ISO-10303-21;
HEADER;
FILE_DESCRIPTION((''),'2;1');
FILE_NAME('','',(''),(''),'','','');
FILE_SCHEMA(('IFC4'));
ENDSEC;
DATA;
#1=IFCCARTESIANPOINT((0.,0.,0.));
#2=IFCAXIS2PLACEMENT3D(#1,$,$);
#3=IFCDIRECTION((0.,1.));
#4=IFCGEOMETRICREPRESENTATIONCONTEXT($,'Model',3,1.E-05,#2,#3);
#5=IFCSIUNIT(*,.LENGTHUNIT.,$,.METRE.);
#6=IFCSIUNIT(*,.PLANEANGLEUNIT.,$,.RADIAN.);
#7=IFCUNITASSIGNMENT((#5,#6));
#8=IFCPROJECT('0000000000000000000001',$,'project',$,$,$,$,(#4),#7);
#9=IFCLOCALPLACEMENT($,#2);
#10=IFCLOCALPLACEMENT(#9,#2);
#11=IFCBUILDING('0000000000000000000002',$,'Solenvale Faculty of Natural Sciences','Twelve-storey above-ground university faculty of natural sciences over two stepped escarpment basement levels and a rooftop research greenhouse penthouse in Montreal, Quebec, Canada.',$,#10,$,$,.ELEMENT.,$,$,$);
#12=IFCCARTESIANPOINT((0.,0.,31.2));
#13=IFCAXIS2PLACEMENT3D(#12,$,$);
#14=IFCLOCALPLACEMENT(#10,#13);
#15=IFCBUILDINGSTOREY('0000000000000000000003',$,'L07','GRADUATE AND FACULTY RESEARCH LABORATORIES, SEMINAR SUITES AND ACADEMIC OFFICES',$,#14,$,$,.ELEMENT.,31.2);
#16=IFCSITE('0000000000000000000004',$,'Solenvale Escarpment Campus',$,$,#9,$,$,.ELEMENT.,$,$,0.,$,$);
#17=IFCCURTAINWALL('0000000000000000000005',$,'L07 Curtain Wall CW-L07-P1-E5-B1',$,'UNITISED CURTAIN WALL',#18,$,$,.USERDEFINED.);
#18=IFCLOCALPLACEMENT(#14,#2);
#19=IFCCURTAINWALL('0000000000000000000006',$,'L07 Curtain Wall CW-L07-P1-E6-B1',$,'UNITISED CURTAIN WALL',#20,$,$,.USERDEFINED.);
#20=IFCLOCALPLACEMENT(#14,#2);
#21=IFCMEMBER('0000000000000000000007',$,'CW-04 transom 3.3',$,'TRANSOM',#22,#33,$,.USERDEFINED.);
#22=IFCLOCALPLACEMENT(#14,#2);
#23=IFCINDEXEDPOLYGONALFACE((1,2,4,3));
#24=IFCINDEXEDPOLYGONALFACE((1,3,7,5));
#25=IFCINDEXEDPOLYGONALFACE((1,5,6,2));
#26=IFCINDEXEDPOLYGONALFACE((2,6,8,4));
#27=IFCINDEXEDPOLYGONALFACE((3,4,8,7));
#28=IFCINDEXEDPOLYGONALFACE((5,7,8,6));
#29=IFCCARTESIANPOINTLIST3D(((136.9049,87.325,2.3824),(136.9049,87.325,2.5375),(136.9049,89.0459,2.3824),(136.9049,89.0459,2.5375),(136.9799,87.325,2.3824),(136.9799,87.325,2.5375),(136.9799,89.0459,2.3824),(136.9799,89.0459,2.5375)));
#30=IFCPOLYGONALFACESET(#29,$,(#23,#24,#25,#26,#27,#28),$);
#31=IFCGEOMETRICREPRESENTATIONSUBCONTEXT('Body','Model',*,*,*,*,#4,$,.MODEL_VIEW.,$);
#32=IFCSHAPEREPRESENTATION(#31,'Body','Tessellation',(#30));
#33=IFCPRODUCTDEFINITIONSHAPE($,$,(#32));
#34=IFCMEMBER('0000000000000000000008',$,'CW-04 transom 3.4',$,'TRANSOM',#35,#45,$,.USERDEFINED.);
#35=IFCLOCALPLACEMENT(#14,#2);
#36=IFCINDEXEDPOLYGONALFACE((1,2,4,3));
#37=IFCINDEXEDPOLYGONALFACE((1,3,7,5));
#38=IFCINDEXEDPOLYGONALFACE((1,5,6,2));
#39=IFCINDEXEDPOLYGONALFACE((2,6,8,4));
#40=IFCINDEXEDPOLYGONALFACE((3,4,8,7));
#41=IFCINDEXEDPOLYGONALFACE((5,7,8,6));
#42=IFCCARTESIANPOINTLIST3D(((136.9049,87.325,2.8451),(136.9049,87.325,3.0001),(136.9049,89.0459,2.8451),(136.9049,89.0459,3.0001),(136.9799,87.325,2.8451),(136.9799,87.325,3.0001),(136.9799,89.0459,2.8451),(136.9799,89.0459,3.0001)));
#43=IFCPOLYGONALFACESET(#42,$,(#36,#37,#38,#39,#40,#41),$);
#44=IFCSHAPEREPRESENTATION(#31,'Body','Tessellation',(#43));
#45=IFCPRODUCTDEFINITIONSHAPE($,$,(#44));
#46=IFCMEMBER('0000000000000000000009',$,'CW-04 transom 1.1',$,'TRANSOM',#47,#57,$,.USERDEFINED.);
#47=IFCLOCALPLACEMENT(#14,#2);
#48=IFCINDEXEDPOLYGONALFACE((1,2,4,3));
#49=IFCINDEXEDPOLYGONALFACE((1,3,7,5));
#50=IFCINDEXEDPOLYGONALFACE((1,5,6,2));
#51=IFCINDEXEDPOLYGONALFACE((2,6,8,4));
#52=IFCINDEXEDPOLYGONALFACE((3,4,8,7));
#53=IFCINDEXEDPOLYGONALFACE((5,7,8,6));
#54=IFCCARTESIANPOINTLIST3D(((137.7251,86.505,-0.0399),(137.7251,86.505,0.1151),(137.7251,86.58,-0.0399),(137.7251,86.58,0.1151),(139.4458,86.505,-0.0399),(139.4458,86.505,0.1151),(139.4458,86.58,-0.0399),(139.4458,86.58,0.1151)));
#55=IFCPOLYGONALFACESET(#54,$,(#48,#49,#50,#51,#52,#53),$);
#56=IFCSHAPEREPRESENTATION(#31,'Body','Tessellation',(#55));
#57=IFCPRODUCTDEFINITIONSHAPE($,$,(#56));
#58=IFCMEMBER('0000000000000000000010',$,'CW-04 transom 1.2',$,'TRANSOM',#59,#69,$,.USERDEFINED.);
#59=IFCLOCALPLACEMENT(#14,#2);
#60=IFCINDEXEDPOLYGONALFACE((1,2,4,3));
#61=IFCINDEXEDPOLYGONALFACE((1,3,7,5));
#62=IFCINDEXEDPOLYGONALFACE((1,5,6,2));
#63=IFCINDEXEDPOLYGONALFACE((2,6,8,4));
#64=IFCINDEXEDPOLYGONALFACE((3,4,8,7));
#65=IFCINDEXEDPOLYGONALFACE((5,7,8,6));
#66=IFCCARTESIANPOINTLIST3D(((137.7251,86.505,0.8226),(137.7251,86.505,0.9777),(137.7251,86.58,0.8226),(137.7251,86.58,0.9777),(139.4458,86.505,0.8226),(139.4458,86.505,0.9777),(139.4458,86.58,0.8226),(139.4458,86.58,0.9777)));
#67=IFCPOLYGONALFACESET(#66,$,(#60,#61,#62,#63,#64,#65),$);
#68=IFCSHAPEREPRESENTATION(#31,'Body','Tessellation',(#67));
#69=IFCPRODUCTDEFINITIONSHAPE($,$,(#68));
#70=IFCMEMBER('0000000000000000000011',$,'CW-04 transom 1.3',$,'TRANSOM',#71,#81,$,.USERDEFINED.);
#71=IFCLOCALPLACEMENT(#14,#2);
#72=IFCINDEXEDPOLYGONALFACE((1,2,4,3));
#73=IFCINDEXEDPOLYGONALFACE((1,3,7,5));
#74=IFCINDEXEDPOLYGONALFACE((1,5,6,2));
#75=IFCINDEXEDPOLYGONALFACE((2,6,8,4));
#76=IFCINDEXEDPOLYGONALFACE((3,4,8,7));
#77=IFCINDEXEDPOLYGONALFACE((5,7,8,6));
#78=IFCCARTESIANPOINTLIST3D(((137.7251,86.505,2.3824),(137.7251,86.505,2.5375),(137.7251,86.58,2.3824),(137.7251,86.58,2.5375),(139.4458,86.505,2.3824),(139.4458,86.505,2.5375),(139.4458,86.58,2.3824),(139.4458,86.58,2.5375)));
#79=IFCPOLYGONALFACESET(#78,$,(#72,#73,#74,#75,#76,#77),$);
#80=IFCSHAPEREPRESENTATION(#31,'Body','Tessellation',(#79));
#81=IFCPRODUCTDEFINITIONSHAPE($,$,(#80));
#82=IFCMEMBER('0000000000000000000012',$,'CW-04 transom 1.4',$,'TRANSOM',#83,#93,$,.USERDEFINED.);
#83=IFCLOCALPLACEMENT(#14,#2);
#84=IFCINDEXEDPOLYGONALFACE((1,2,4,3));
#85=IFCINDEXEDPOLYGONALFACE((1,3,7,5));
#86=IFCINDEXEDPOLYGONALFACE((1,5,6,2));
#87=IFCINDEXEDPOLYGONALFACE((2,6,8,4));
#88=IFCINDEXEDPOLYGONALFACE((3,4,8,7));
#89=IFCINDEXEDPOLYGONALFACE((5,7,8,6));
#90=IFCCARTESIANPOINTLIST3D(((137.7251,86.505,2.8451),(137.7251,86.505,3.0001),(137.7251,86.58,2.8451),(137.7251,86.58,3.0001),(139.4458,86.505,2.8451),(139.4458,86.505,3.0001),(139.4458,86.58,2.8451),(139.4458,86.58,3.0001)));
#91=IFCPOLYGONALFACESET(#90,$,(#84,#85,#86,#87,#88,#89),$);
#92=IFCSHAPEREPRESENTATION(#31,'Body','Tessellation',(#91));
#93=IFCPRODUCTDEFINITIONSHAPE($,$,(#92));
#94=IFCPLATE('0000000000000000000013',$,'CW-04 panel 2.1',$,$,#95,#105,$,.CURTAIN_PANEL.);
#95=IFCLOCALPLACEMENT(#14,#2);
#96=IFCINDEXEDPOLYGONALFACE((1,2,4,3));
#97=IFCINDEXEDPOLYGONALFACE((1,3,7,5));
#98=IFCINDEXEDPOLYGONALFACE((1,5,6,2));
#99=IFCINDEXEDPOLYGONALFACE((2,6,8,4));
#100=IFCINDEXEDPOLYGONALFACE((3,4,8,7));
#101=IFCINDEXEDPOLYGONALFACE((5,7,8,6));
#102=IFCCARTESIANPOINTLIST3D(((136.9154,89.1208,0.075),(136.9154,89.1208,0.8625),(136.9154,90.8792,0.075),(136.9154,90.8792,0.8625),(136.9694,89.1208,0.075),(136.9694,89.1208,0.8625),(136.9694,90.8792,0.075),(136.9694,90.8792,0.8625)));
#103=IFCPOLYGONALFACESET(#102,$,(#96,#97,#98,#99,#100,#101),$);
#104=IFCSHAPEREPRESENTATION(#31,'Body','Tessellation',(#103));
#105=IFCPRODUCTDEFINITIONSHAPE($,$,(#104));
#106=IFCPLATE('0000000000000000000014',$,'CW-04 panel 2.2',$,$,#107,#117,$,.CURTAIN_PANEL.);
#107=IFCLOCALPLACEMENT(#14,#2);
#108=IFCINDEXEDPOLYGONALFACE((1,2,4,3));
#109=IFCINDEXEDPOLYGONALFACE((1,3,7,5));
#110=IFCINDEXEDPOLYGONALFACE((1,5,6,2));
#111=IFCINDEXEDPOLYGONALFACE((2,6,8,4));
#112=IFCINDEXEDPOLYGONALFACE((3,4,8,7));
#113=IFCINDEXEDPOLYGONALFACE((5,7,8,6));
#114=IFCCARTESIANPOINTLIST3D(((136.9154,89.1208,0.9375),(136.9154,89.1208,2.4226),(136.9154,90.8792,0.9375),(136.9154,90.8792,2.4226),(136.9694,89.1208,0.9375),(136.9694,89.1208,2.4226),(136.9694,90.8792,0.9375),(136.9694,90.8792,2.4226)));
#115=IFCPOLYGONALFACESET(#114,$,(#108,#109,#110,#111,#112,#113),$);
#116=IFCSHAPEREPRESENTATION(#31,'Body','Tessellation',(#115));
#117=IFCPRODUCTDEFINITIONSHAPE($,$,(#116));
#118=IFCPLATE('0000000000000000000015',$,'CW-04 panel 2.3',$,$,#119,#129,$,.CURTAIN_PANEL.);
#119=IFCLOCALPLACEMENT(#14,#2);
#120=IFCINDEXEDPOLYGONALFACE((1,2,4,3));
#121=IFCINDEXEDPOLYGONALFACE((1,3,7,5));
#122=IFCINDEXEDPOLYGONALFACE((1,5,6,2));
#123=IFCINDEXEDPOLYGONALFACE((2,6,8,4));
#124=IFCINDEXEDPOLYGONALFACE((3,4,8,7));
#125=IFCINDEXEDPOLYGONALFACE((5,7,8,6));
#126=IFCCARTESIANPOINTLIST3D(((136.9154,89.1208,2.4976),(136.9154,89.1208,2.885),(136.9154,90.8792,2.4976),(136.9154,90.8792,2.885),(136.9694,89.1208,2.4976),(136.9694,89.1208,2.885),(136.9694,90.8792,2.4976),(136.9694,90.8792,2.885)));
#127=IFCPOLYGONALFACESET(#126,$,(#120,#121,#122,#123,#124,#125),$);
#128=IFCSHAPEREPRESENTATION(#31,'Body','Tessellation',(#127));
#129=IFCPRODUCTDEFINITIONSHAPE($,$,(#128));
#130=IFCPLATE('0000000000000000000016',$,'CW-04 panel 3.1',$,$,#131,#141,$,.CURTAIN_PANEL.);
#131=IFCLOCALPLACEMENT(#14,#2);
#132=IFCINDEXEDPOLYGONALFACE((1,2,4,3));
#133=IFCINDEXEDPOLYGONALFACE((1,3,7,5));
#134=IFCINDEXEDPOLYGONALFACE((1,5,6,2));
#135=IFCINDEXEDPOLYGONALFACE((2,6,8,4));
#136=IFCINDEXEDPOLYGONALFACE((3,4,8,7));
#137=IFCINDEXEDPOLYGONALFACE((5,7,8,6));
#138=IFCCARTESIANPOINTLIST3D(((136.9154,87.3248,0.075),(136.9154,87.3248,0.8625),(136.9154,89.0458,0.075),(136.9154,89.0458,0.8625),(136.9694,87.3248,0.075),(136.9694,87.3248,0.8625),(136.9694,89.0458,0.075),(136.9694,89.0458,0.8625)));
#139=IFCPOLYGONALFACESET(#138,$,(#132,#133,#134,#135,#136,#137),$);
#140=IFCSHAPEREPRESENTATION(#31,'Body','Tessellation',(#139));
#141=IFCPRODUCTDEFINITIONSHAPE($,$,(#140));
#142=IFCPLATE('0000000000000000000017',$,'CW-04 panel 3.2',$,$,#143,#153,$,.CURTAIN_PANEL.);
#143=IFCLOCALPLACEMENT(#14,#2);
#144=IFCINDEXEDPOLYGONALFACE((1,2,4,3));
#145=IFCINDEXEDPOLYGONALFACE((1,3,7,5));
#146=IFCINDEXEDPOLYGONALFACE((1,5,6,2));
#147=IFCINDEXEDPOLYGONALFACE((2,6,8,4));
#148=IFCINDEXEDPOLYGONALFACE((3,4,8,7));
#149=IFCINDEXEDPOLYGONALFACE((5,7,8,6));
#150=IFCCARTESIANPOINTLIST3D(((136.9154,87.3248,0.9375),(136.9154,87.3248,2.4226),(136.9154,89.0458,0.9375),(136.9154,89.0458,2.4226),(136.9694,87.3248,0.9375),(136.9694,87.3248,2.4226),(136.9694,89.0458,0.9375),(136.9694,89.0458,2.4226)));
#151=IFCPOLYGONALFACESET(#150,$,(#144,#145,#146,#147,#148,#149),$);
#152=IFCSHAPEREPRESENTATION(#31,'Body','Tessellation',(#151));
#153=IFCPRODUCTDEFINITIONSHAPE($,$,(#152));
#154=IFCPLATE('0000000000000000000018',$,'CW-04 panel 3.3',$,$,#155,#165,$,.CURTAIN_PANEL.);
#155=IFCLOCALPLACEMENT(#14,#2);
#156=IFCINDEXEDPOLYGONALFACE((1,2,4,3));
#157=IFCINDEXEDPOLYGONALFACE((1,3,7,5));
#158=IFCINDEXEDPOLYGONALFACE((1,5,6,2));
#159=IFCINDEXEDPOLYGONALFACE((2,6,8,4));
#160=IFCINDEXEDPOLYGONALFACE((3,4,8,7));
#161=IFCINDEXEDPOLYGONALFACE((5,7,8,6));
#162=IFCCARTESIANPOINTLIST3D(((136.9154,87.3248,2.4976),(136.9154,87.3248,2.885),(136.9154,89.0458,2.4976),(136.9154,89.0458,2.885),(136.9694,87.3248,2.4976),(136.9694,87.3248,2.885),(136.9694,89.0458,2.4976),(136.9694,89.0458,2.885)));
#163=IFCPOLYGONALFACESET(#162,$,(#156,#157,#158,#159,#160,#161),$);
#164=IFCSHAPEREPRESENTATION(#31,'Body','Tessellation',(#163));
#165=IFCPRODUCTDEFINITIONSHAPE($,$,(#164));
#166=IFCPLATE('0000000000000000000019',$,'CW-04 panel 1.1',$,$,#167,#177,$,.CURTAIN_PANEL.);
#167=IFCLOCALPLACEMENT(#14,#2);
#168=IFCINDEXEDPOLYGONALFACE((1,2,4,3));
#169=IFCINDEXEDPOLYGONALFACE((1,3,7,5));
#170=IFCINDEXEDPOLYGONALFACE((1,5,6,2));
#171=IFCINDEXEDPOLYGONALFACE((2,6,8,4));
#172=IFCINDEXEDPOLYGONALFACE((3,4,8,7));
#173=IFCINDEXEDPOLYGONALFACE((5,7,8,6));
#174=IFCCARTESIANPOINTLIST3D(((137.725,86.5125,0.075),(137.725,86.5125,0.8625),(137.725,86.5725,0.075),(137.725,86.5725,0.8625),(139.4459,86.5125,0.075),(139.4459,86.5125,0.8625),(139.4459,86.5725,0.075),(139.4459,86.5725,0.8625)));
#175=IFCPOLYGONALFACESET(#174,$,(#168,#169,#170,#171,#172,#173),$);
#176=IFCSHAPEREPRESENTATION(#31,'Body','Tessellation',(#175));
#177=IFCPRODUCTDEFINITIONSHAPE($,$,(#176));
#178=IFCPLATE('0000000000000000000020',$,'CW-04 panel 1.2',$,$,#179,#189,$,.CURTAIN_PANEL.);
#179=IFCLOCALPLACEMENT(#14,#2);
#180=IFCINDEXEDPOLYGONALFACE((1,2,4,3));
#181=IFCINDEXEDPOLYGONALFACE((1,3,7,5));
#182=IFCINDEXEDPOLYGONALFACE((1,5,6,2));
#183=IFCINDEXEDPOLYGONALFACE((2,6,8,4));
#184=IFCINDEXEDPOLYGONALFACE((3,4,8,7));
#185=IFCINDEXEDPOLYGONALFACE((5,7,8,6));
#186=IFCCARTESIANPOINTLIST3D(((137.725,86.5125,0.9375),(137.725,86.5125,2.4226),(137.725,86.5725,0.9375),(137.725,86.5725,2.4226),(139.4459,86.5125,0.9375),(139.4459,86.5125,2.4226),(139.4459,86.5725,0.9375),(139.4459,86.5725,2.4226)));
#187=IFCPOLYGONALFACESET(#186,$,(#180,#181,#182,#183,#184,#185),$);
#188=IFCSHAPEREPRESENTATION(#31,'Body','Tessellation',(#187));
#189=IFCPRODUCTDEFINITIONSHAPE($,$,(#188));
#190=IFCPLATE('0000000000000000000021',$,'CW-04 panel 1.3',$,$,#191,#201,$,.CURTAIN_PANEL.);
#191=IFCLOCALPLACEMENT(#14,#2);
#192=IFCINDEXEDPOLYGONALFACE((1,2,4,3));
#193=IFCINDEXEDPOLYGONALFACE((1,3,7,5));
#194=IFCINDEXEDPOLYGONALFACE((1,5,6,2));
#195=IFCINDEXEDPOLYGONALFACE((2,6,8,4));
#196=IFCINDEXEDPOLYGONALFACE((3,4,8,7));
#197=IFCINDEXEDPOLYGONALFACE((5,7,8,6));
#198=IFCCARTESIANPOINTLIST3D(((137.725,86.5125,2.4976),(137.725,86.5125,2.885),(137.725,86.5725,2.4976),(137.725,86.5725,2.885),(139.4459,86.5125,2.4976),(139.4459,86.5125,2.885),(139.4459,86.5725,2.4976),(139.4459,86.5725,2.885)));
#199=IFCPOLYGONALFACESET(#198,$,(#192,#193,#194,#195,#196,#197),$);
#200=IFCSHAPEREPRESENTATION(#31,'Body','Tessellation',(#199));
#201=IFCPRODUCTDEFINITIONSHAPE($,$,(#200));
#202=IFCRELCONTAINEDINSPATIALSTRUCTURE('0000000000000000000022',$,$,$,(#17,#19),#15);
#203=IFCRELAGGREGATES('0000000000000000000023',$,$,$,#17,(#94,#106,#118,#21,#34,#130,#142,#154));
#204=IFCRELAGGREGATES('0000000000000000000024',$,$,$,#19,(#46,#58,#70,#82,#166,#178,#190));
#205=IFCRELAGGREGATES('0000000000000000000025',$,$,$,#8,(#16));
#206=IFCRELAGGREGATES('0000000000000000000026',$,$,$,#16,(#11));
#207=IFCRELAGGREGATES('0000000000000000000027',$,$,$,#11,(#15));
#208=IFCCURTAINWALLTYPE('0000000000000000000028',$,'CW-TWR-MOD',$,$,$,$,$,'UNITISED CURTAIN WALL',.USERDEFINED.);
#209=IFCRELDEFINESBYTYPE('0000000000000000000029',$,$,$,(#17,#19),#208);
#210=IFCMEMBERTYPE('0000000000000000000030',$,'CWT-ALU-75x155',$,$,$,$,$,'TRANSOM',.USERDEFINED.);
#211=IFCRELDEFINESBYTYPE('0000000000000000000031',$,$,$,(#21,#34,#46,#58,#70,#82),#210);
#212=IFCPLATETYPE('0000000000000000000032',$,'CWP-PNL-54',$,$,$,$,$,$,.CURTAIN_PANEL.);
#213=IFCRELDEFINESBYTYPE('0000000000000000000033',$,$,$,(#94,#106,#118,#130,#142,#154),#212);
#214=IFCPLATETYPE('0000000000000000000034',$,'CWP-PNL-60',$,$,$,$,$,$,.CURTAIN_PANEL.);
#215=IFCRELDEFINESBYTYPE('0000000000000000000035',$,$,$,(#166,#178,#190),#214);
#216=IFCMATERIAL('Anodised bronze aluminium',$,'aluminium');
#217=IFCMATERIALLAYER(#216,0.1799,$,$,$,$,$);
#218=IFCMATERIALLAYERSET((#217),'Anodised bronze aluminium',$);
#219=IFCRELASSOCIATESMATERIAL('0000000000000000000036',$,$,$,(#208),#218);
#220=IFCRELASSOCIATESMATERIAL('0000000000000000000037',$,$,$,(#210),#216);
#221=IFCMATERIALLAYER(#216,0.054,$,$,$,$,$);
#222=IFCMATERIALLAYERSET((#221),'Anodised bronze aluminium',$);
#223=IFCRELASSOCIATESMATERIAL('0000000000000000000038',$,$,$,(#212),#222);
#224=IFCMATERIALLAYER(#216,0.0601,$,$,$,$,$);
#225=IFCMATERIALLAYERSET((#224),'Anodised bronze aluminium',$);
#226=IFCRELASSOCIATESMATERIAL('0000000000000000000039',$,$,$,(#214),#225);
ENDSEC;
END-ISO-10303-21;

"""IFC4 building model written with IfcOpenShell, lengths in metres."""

from ifc_helpers import new_model, si_unit, direction, frame, origin, origin_2d, place, context, subcontext, project, spatial, rectangle, extrude, material, layer, layer_set, material_profile, profile_set, type_object, element, aggregate, save


model = new_model("IFC4")

# Units and contexts
model_context = context("Model", 3, precision=1e-05, world=origin(), true_north=direction((0.0, 1.0)))
body_context = subcontext(model_context, "Body", "Model", "MODEL_VIEW")
ifc_project = project(units=[si_unit("LENGTHUNIT", "METRE"), si_unit("PLANEANGLEUNIT", "RADIAN")], contexts=[model_context])

# Site, building, storey
site_placement = place(None, origin())
site = spatial("IfcSite", under=ifc_project, at=site_placement, Name="Solenvale Escarpment Campus", CompositionType="ELEMENT", RefElevation=0.0)
building_placement = place(site_placement, origin())
building = spatial("IfcBuilding", under=site, at=building_placement, Name="Solenvale Faculty of Natural Sciences", Description="Twelve-storey above-ground university faculty of natural sciences over two stepped escarpment basement levels and a rooftop research greenhouse penthouse in Montreal, Quebec, Canada.", CompositionType="ELEMENT")
storey_placement = place(building_placement, frame((0.0, 0.0, 31.2)))
storey = spatial("IfcBuildingStorey", under=building, at=storey_placement, Name="L07", Description="GRADUATE AND FACULTY RESEARCH LABORATORIES, SEMINAR SUITES AND ACADEMIC OFFICES", CompositionType="ELEMENT", Elevation=31.2)

# Curtain wall
ifc_material_1 = material(Name="Anodised bronze aluminium", Category="aluminium")
ifc_layer_1 = layer(ifc_material_1, 0.1799)
ifc_layer_set_1 = layer_set([ifc_layer_1], Name="Anodised bronze aluminium")
curtain_wall_type = type_object("IfcCurtainWallType", Name="CW-TWR-MOD", ElementType="UNITISED CURTAIN WALL", PredefinedType="USERDEFINED", material=ifc_layer_set_1)
curtain_wall_1_placement = place(storey_placement, origin())
curtain_wall_1 = element("IfcCurtainWall", 1, at=curtain_wall_1_placement, inside=storey, type_object=curtain_wall_type, Name="L07 Curtain Wall CW-L07-P1-E5-B1", ObjectType="UNITISED CURTAIN WALL", PredefinedType="USERDEFINED")

# Curtain wall
curtain_wall_2_placement = place(storey_placement, origin())
curtain_wall_2 = element("IfcCurtainWall", 2, at=curtain_wall_2_placement, inside=storey, type_object=curtain_wall_type, Name="L07 Curtain Wall CW-L07-P1-E6-B1", ObjectType="UNITISED CURTAIN WALL", PredefinedType="USERDEFINED")

# Members
ifc_material_profile_1 = material_profile(ifc_material_1, rectangle(XDim=0.075, YDim=0.155, at=origin_2d()), Name="ALU-TRN-75x155")
ifc_profile_set_1 = profile_set([ifc_material_profile_1], Name="Anodised bronze aluminium")
member_type_1 = type_object("IfcMemberType", Name="CWT-ALU-75x155", ElementType="TRANSOM", PredefinedType="USERDEFINED", material=ifc_profile_set_1)
member_1_placement = place(storey_placement, frame((136.9424, 89.0459, 2.46), z_axis=(0.0, -1.0, 0.0), x_axis=(1.0, 0.0, 0.0)))
member_1 = element("IfcMember", 3, at=member_1_placement, type_object=member_type_1, Name="CW-04 transom 3.3", ObjectType="TRANSOM", PredefinedType="USERDEFINED", context=body_context, shape_type="SweptSolid", body=[
    extrude(rectangle(XDim=0.075, YDim=0.155, at=origin_2d()), origin(), (0.0, 0.0, 1.0), 1.7209),
])
member_2_placement = place(storey_placement, frame((136.9424, 89.0459, 2.9226), z_axis=(0.0, -1.0, 0.0), x_axis=(1.0, 0.0, 0.0)))
member_2 = element("IfcMember", 4, at=member_2_placement, type_object=member_type_1, Name="CW-04 transom 3.4", ObjectType="TRANSOM", PredefinedType="USERDEFINED", context=body_context, shape_type="SweptSolid", body=[
    extrude(rectangle(XDim=0.075, YDim=0.155, at=origin_2d()), origin(), (0.0, 0.0, 1.0), 1.7209),
])
member_3_placement = place(storey_placement, frame((137.7251, 86.5425, 0.0376), z_axis=(1.0, 0.0, 0.0), x_axis=(0.0, 1.0, 0.0)))
member_3 = element("IfcMember", 5, at=member_3_placement, type_object=member_type_1, Name="CW-04 transom 1.1", ObjectType="TRANSOM", PredefinedType="USERDEFINED", context=body_context, shape_type="SweptSolid", body=[
    extrude(rectangle(XDim=0.075, YDim=0.155, at=origin_2d()), origin(), (0.0, 0.0, 1.0), 1.7207),
])
member_4_placement = place(storey_placement, frame((137.7251, 86.5425, 0.9001), z_axis=(1.0, 0.0, 0.0), x_axis=(0.0, 1.0, 0.0)))
member_4 = element("IfcMember", 6, at=member_4_placement, type_object=member_type_1, Name="CW-04 transom 1.2", ObjectType="TRANSOM", PredefinedType="USERDEFINED", context=body_context, shape_type="SweptSolid", body=[
    extrude(rectangle(XDim=0.075, YDim=0.155, at=origin_2d()), origin(), (0.0, 0.0, 1.0), 1.7207),
])
member_5_placement = place(storey_placement, frame((137.7251, 86.5425, 2.46), z_axis=(1.0, 0.0, 0.0), x_axis=(0.0, 1.0, 0.0)))
member_5 = element("IfcMember", 7, at=member_5_placement, type_object=member_type_1, Name="CW-04 transom 1.3", ObjectType="TRANSOM", PredefinedType="USERDEFINED", context=body_context, shape_type="SweptSolid", body=[
    extrude(rectangle(XDim=0.075, YDim=0.155, at=origin_2d()), origin(), (0.0, 0.0, 1.0), 1.7207),
])
member_6_placement = place(storey_placement, frame((137.7251, 86.5425, 2.9226), z_axis=(1.0, 0.0, 0.0), x_axis=(0.0, 1.0, 0.0)))
member_6 = element("IfcMember", 8, at=member_6_placement, type_object=member_type_1, Name="CW-04 transom 1.4", ObjectType="TRANSOM", PredefinedType="USERDEFINED", context=body_context, shape_type="SweptSolid", body=[
    extrude(rectangle(XDim=0.075, YDim=0.155, at=origin_2d()), origin(), (0.0, 0.0, 1.0), 1.7207),
])

# Plates
ifc_layer_2 = layer(ifc_material_1, 0.054)
ifc_layer_set_2 = layer_set([ifc_layer_2], Name="Anodised bronze aluminium")
plate_type_1 = type_object("IfcPlateType", Name="CWP-PNL-54", PredefinedType="CURTAIN_PANEL", material=ifc_layer_set_2)
plate_1_placement = place(storey_placement, frame((136.9424, 90.0, 0.075), z_axis=(0.0, 0.0, 1.0), x_axis=(0.0, -1.0, 0.0)))
plate_1 = element("IfcPlate", 9, at=plate_1_placement, type_object=plate_type_1, Name="CW-04 panel 2.1", PredefinedType="CURTAIN_PANEL", context=body_context, shape_type="SweptSolid", body=[
    extrude(rectangle(XDim=1.7583, YDim=0.054, at=origin_2d()), origin(), (0.0, 0.0, 1.0), 0.7876),
])
plate_2_placement = place(storey_placement, frame((136.9424, 90.0, 0.9375), z_axis=(0.0, 0.0, 1.0), x_axis=(0.0, -1.0, 0.0)))
plate_2 = element("IfcPlate", 10, at=plate_2_placement, type_object=plate_type_1, Name="CW-04 panel 2.2", PredefinedType="CURTAIN_PANEL", context=body_context, shape_type="SweptSolid", body=[
    extrude(rectangle(XDim=1.7583, YDim=0.054, at=origin_2d()), origin(), (0.0, 0.0, 1.0), 1.4851),
])
plate_3_placement = place(storey_placement, frame((136.9424, 90.0, 2.4976), z_axis=(0.0, 0.0, 1.0), x_axis=(0.0, -1.0, 0.0)))
plate_3 = element("IfcPlate", 11, at=plate_3_placement, type_object=plate_type_1, Name="CW-04 panel 2.3", PredefinedType="CURTAIN_PANEL", context=body_context, shape_type="SweptSolid", body=[
    extrude(rectangle(XDim=1.7583, YDim=0.054, at=origin_2d()), origin(), (0.0, 0.0, 1.0), 0.3875),
])
plate_4_placement = place(storey_placement, frame((136.9424, 88.1853, 0.075), z_axis=(0.0, 0.0, 1.0), x_axis=(0.0, -1.0, 0.0)))
plate_4 = element("IfcPlate", 12, at=plate_4_placement, type_object=plate_type_1, Name="CW-04 panel 3.1", PredefinedType="CURTAIN_PANEL", context=body_context, shape_type="SweptSolid", body=[
    extrude(rectangle(XDim=1.7209, YDim=0.054, at=origin_2d()), origin(), (0.0, 0.0, 1.0), 0.7876),
])
plate_5_placement = place(storey_placement, frame((136.9424, 88.1853, 0.9375), z_axis=(0.0, 0.0, 1.0), x_axis=(0.0, -1.0, 0.0)))
plate_5 = element("IfcPlate", 13, at=plate_5_placement, type_object=plate_type_1, Name="CW-04 panel 3.2", PredefinedType="CURTAIN_PANEL", context=body_context, shape_type="SweptSolid", body=[
    extrude(rectangle(XDim=1.7209, YDim=0.054, at=origin_2d()), origin(), (0.0, 0.0, 1.0), 1.4851),
])
plate_6_placement = place(storey_placement, frame((136.9424, 88.1853, 2.4976), z_axis=(0.0, 0.0, 1.0), x_axis=(0.0, -1.0, 0.0)))
plate_6 = element("IfcPlate", 14, at=plate_6_placement, type_object=plate_type_1, Name="CW-04 panel 3.3", PredefinedType="CURTAIN_PANEL", context=body_context, shape_type="SweptSolid", body=[
    extrude(rectangle(XDim=1.7209, YDim=0.054, at=origin_2d()), origin(), (0.0, 0.0, 1.0), 0.3875),
])
aggregate(curtain_wall_1, [plate_1, plate_2, plate_3, member_1, member_2, plate_4, plate_5, plate_6])
ifc_layer_3 = layer(ifc_material_1, 0.0601)
ifc_layer_set_3 = layer_set([ifc_layer_3], Name="Anodised bronze aluminium")
plate_type_2 = type_object("IfcPlateType", Name="CWP-PNL-60", PredefinedType="CURTAIN_PANEL", material=ifc_layer_set_3)
plate_7_placement = place(storey_placement, frame((138.5854, 86.5425, 0.075), z_axis=(0.0, 0.0, 1.0), x_axis=(1.0, 0.0, 0.0)))
plate_7 = element("IfcPlate", 15, at=plate_7_placement, type_object=plate_type_2, Name="CW-04 panel 1.1", PredefinedType="CURTAIN_PANEL", context=body_context, shape_type="SweptSolid", body=[
    extrude(rectangle(XDim=1.7209, YDim=0.0601, at=origin_2d()), origin(), (0.0, 0.0, 1.0), 0.7876),
])
plate_8_placement = place(storey_placement, frame((138.5854, 86.5425, 0.9375), z_axis=(0.0, 0.0, 1.0), x_axis=(1.0, 0.0, 0.0)))
plate_8 = element("IfcPlate", 16, at=plate_8_placement, type_object=plate_type_2, Name="CW-04 panel 1.2", PredefinedType="CURTAIN_PANEL", context=body_context, shape_type="SweptSolid", body=[
    extrude(rectangle(XDim=1.7209, YDim=0.0601, at=origin_2d()), origin(), (0.0, 0.0, 1.0), 1.4851),
])
plate_9_placement = place(storey_placement, frame((138.5854, 86.5425, 2.4976), z_axis=(0.0, 0.0, 1.0), x_axis=(1.0, 0.0, 0.0)))
plate_9 = element("IfcPlate", 17, at=plate_9_placement, type_object=plate_type_2, Name="CW-04 panel 1.3", PredefinedType="CURTAIN_PANEL", context=body_context, shape_type="SweptSolid", body=[
    extrude(rectangle(XDim=1.7209, YDim=0.0601, at=origin_2d()), origin(), (0.0, 0.0, 1.0), 0.3875),
])
aggregate(curtain_wall_2, [member_3, member_4, member_5, member_6, plate_7, plate_8, plate_9])

save(model, "model.ifc")
